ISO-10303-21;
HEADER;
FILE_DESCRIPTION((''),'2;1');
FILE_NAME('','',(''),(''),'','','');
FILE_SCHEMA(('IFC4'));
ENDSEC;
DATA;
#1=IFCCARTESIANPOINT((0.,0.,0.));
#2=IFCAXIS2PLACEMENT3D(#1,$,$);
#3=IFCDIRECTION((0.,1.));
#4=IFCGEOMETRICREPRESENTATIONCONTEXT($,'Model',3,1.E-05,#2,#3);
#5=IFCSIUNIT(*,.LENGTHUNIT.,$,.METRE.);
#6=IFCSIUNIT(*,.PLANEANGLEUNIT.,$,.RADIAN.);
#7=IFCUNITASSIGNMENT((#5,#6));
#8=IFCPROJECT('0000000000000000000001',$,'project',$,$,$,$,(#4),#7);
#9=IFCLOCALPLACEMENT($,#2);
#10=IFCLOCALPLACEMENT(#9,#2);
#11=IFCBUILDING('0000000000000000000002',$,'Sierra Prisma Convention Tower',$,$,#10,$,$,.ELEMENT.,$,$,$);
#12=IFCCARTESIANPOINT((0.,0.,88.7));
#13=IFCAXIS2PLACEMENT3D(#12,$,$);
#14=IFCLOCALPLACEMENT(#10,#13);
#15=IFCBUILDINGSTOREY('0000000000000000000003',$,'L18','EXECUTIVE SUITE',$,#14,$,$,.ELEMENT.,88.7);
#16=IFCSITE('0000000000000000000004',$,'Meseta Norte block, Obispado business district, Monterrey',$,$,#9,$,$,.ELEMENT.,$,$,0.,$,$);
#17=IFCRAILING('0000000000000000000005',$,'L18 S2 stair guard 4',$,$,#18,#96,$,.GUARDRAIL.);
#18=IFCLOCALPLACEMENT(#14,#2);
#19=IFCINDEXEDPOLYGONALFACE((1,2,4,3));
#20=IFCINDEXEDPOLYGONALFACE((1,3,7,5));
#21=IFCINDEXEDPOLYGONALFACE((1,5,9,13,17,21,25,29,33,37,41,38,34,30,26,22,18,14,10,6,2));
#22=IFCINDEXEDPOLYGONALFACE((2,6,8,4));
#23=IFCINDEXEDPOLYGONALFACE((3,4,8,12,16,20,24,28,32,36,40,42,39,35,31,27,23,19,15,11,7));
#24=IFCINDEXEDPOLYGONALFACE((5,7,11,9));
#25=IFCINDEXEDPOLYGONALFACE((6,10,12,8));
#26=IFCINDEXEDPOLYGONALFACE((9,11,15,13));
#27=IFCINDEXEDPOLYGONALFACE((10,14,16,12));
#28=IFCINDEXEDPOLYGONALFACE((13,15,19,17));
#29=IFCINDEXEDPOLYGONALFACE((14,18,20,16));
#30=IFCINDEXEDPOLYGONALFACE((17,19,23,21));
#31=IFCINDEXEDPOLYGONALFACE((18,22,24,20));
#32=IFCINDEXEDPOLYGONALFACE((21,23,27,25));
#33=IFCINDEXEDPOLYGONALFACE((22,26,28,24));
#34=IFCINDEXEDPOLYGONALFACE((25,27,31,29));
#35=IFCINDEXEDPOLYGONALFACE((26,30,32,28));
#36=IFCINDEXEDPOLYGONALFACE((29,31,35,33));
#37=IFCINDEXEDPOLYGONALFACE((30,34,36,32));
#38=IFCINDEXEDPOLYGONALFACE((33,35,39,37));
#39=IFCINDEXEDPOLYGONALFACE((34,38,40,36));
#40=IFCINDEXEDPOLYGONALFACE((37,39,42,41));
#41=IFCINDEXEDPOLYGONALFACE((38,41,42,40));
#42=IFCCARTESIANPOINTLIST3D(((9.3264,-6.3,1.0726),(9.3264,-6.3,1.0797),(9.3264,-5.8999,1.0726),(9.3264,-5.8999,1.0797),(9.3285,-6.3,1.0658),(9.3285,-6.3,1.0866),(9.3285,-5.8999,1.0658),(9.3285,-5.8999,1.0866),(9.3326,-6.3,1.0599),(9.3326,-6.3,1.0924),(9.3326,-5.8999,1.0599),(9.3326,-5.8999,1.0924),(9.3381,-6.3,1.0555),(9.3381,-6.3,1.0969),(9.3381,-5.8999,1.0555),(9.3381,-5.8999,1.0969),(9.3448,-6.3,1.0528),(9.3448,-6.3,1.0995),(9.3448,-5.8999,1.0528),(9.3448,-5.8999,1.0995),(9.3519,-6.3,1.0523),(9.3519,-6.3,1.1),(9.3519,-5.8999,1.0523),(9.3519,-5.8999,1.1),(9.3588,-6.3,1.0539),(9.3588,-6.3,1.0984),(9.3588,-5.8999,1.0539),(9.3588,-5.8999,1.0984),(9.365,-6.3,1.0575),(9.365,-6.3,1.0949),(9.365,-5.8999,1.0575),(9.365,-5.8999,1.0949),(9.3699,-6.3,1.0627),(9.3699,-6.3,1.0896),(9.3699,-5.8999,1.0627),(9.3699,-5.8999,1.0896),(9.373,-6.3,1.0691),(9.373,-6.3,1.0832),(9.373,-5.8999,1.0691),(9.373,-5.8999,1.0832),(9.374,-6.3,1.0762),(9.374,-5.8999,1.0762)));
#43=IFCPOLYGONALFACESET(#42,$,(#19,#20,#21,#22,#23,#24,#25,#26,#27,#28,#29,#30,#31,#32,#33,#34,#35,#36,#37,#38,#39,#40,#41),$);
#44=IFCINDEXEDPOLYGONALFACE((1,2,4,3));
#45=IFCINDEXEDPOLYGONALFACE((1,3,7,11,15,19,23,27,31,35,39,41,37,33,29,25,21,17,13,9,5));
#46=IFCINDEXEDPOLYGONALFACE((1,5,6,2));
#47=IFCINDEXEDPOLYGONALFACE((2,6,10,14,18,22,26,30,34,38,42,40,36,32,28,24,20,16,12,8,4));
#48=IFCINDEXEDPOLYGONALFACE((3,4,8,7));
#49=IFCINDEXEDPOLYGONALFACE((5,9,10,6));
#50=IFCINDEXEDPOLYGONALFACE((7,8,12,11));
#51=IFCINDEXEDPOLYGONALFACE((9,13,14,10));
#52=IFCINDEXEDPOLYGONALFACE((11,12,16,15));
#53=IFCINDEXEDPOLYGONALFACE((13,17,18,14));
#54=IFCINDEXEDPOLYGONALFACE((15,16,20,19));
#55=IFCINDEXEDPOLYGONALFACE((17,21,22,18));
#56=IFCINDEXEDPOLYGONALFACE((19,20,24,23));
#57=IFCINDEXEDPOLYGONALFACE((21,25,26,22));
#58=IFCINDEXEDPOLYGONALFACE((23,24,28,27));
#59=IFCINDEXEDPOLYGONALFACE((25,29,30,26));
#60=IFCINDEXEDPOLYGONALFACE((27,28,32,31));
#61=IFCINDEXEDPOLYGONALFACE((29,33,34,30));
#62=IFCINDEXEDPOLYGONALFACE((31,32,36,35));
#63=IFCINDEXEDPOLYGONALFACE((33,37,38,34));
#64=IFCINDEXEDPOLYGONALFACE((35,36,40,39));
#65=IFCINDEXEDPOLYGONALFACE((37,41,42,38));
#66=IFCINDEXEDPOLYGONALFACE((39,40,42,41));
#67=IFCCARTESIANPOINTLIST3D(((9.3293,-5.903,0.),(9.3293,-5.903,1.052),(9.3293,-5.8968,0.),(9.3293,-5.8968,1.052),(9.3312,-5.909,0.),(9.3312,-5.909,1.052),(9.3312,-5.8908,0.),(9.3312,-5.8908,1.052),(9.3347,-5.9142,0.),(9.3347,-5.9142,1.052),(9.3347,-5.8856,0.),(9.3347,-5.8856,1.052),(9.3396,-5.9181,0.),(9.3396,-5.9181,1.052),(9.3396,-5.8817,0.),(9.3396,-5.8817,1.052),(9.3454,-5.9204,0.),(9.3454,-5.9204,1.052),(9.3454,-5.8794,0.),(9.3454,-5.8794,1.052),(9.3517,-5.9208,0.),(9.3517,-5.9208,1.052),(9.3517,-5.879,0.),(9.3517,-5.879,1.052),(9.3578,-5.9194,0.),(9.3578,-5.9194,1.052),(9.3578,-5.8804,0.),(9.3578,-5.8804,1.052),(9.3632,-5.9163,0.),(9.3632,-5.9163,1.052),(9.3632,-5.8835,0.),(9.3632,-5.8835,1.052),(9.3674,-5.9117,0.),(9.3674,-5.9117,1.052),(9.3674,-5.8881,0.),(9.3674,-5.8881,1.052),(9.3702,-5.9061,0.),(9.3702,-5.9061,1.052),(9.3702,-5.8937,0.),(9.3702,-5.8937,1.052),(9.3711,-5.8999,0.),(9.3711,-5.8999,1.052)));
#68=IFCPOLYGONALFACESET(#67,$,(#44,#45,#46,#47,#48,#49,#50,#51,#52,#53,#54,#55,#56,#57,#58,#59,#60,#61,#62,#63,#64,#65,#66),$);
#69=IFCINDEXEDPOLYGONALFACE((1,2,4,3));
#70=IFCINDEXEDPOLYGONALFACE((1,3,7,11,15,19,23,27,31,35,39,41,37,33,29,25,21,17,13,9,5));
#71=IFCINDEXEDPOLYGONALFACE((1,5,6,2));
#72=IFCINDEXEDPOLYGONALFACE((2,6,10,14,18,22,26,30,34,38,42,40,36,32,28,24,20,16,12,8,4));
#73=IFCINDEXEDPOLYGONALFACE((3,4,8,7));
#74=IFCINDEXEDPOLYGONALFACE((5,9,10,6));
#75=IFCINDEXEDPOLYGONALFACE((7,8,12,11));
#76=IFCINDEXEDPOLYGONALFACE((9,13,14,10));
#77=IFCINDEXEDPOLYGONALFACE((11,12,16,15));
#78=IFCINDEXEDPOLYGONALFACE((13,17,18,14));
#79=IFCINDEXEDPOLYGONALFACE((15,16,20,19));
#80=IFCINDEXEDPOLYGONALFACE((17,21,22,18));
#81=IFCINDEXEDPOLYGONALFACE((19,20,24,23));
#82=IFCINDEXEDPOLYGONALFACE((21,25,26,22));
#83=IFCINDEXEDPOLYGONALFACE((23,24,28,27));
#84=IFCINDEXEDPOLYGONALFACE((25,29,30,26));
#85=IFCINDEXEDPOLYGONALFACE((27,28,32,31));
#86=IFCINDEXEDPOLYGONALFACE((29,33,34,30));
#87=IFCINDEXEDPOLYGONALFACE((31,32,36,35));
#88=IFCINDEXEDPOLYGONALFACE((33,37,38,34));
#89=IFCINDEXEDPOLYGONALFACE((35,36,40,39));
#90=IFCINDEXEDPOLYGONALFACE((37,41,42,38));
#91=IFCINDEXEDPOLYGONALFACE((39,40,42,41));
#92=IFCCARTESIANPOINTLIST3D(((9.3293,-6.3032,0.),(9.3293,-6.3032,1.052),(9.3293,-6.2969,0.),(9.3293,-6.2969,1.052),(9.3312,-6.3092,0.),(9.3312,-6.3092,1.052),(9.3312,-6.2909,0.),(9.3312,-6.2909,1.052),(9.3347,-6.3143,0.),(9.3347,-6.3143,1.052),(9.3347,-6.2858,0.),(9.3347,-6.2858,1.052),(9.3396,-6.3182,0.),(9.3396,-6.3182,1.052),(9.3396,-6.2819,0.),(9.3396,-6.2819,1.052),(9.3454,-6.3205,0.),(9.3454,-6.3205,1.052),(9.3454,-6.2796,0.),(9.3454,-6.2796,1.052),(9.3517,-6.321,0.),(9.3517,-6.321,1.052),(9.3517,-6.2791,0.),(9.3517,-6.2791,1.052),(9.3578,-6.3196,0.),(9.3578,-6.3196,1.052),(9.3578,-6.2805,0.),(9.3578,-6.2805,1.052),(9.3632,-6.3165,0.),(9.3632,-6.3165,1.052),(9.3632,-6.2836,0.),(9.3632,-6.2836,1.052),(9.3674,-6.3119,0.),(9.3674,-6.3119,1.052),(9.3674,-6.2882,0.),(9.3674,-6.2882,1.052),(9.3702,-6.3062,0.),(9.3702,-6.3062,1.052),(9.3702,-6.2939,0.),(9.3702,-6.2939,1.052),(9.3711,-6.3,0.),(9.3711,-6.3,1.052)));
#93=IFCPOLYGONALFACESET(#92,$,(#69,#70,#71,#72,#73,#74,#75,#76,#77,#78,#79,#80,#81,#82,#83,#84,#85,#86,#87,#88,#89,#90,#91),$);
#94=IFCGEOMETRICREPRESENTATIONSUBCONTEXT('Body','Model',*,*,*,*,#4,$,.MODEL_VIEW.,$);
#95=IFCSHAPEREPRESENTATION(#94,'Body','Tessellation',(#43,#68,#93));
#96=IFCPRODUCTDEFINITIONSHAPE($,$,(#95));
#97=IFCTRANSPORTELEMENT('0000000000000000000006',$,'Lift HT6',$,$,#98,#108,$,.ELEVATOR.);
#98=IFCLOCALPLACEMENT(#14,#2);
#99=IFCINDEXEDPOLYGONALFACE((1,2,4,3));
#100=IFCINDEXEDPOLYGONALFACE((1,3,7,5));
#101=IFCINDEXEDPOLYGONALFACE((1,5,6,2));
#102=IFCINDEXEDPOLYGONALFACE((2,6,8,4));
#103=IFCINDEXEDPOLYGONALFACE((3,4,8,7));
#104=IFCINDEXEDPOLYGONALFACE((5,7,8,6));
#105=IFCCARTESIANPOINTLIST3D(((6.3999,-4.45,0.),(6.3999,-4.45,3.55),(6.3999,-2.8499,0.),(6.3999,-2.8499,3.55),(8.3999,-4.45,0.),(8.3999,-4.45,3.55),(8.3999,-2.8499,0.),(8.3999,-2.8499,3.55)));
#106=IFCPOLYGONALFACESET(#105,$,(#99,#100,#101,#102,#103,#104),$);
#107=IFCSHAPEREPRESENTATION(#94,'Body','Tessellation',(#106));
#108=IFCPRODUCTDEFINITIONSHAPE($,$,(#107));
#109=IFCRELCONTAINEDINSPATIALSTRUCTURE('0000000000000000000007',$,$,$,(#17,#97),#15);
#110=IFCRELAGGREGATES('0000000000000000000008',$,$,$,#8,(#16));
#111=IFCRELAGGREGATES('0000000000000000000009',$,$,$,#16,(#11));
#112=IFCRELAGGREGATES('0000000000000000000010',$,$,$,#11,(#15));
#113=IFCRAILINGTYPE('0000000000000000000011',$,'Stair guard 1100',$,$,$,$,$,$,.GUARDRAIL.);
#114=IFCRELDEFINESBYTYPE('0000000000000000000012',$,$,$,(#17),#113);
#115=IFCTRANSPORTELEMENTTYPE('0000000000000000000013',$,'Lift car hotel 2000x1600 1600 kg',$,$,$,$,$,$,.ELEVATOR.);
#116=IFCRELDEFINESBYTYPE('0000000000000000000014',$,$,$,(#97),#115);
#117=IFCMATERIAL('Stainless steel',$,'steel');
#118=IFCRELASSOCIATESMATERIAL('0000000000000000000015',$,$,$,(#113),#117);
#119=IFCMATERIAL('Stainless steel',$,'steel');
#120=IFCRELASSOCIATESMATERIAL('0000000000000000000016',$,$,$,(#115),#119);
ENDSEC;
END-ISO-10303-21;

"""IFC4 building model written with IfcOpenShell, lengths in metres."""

from ifc_helpers import new_model, si_unit, direction, frame, origin, origin_2d, place, context, subcontext, project, spatial, rectangle, circle, extrude, material, type_object, element, save


model = new_model("IFC4")

# Units and contexts
model_context = context("Model", 3, precision=1e-05, world=origin(), true_north=direction((0.0, 1.0)))
body_context = subcontext(model_context, "Body", "Model", "MODEL_VIEW")
ifc_project = project(units=[si_unit("LENGTHUNIT", "METRE"), si_unit("PLANEANGLEUNIT", "RADIAN")], contexts=[model_context])

# Site, building, storey
site_placement = place(None, origin())
site = spatial("IfcSite", under=ifc_project, at=site_placement, Name="Meseta Norte block, Obispado business district, Monterrey", CompositionType="ELEMENT", RefElevation=0.0)
building_placement = place(site_placement, origin())
building = spatial("IfcBuilding", under=site, at=building_placement, Name="Sierra Prisma Convention Tower", CompositionType="ELEMENT")
storey_placement = place(building_placement, frame((0.0, 0.0, 88.7)))
storey = spatial("IfcBuildingStorey", under=building, at=storey_placement, Name="L18", Description="EXECUTIVE SUITE", CompositionType="ELEMENT", Elevation=88.7)

# Railing
ifc_material_1 = material(Name="Stainless steel", Category="steel")
railing_type_1 = type_object("IfcRailingType", Name="Stair guard 1100", PredefinedType="GUARDRAIL", material=ifc_material_1)
railing_1_placement = place(storey_placement, frame((9.3501, -5.8999, 0.0)))
element("IfcRailing", 1, at=railing_1_placement, inside=storey, type_object=railing_type_1, Name="L18 S2 stair guard 4", PredefinedType="GUARDRAIL", context=body_context, shape_type="SweptSolid", body=[
    extrude(circle(Radius=0.0239, at=origin_2d()), frame((0.0, 0.0, 1.0762), z_axis=(0.0, -1.0, 0.0), x_axis=(1.0, 0.0, 0.0)), (0.0, 0.0, 1.0), 0.4001),
    extrude(circle(Radius=0.021, at=origin_2d()), origin(), (0.0, 0.0, 1.0), 1.052),
    extrude(circle(Radius=0.021, at=origin_2d()), frame((0.0, -0.4001, 0.0)), (0.0, 0.0, 1.0), 1.052),
])

# Transport element
ifc_material_2 = material(Name="Stainless steel", Category="steel")
transport_element_type = type_object("IfcTransportElementType", Name="Lift car hotel 2000x1600 1600 kg", PredefinedType="ELEVATOR", material=ifc_material_2)
transport_element_placement = place(storey_placement, frame((7.3999, -3.6499, 0.0), z_axis=(0.0, 0.0, 1.0), x_axis=(1.0, 0.0, 0.0)))
element("IfcTransportElement", 2, at=transport_element_placement, inside=storey, type_object=transport_element_type, Name="Lift HT6", PredefinedType="ELEVATOR", context=body_context, shape_type="SweptSolid", body=[
    extrude(rectangle(XDim=2.0, YDim=1.6001, at=origin_2d()), origin(), (0.0, 0.0, 1.0), 3.55),
])

save(model, "model.ifc")
